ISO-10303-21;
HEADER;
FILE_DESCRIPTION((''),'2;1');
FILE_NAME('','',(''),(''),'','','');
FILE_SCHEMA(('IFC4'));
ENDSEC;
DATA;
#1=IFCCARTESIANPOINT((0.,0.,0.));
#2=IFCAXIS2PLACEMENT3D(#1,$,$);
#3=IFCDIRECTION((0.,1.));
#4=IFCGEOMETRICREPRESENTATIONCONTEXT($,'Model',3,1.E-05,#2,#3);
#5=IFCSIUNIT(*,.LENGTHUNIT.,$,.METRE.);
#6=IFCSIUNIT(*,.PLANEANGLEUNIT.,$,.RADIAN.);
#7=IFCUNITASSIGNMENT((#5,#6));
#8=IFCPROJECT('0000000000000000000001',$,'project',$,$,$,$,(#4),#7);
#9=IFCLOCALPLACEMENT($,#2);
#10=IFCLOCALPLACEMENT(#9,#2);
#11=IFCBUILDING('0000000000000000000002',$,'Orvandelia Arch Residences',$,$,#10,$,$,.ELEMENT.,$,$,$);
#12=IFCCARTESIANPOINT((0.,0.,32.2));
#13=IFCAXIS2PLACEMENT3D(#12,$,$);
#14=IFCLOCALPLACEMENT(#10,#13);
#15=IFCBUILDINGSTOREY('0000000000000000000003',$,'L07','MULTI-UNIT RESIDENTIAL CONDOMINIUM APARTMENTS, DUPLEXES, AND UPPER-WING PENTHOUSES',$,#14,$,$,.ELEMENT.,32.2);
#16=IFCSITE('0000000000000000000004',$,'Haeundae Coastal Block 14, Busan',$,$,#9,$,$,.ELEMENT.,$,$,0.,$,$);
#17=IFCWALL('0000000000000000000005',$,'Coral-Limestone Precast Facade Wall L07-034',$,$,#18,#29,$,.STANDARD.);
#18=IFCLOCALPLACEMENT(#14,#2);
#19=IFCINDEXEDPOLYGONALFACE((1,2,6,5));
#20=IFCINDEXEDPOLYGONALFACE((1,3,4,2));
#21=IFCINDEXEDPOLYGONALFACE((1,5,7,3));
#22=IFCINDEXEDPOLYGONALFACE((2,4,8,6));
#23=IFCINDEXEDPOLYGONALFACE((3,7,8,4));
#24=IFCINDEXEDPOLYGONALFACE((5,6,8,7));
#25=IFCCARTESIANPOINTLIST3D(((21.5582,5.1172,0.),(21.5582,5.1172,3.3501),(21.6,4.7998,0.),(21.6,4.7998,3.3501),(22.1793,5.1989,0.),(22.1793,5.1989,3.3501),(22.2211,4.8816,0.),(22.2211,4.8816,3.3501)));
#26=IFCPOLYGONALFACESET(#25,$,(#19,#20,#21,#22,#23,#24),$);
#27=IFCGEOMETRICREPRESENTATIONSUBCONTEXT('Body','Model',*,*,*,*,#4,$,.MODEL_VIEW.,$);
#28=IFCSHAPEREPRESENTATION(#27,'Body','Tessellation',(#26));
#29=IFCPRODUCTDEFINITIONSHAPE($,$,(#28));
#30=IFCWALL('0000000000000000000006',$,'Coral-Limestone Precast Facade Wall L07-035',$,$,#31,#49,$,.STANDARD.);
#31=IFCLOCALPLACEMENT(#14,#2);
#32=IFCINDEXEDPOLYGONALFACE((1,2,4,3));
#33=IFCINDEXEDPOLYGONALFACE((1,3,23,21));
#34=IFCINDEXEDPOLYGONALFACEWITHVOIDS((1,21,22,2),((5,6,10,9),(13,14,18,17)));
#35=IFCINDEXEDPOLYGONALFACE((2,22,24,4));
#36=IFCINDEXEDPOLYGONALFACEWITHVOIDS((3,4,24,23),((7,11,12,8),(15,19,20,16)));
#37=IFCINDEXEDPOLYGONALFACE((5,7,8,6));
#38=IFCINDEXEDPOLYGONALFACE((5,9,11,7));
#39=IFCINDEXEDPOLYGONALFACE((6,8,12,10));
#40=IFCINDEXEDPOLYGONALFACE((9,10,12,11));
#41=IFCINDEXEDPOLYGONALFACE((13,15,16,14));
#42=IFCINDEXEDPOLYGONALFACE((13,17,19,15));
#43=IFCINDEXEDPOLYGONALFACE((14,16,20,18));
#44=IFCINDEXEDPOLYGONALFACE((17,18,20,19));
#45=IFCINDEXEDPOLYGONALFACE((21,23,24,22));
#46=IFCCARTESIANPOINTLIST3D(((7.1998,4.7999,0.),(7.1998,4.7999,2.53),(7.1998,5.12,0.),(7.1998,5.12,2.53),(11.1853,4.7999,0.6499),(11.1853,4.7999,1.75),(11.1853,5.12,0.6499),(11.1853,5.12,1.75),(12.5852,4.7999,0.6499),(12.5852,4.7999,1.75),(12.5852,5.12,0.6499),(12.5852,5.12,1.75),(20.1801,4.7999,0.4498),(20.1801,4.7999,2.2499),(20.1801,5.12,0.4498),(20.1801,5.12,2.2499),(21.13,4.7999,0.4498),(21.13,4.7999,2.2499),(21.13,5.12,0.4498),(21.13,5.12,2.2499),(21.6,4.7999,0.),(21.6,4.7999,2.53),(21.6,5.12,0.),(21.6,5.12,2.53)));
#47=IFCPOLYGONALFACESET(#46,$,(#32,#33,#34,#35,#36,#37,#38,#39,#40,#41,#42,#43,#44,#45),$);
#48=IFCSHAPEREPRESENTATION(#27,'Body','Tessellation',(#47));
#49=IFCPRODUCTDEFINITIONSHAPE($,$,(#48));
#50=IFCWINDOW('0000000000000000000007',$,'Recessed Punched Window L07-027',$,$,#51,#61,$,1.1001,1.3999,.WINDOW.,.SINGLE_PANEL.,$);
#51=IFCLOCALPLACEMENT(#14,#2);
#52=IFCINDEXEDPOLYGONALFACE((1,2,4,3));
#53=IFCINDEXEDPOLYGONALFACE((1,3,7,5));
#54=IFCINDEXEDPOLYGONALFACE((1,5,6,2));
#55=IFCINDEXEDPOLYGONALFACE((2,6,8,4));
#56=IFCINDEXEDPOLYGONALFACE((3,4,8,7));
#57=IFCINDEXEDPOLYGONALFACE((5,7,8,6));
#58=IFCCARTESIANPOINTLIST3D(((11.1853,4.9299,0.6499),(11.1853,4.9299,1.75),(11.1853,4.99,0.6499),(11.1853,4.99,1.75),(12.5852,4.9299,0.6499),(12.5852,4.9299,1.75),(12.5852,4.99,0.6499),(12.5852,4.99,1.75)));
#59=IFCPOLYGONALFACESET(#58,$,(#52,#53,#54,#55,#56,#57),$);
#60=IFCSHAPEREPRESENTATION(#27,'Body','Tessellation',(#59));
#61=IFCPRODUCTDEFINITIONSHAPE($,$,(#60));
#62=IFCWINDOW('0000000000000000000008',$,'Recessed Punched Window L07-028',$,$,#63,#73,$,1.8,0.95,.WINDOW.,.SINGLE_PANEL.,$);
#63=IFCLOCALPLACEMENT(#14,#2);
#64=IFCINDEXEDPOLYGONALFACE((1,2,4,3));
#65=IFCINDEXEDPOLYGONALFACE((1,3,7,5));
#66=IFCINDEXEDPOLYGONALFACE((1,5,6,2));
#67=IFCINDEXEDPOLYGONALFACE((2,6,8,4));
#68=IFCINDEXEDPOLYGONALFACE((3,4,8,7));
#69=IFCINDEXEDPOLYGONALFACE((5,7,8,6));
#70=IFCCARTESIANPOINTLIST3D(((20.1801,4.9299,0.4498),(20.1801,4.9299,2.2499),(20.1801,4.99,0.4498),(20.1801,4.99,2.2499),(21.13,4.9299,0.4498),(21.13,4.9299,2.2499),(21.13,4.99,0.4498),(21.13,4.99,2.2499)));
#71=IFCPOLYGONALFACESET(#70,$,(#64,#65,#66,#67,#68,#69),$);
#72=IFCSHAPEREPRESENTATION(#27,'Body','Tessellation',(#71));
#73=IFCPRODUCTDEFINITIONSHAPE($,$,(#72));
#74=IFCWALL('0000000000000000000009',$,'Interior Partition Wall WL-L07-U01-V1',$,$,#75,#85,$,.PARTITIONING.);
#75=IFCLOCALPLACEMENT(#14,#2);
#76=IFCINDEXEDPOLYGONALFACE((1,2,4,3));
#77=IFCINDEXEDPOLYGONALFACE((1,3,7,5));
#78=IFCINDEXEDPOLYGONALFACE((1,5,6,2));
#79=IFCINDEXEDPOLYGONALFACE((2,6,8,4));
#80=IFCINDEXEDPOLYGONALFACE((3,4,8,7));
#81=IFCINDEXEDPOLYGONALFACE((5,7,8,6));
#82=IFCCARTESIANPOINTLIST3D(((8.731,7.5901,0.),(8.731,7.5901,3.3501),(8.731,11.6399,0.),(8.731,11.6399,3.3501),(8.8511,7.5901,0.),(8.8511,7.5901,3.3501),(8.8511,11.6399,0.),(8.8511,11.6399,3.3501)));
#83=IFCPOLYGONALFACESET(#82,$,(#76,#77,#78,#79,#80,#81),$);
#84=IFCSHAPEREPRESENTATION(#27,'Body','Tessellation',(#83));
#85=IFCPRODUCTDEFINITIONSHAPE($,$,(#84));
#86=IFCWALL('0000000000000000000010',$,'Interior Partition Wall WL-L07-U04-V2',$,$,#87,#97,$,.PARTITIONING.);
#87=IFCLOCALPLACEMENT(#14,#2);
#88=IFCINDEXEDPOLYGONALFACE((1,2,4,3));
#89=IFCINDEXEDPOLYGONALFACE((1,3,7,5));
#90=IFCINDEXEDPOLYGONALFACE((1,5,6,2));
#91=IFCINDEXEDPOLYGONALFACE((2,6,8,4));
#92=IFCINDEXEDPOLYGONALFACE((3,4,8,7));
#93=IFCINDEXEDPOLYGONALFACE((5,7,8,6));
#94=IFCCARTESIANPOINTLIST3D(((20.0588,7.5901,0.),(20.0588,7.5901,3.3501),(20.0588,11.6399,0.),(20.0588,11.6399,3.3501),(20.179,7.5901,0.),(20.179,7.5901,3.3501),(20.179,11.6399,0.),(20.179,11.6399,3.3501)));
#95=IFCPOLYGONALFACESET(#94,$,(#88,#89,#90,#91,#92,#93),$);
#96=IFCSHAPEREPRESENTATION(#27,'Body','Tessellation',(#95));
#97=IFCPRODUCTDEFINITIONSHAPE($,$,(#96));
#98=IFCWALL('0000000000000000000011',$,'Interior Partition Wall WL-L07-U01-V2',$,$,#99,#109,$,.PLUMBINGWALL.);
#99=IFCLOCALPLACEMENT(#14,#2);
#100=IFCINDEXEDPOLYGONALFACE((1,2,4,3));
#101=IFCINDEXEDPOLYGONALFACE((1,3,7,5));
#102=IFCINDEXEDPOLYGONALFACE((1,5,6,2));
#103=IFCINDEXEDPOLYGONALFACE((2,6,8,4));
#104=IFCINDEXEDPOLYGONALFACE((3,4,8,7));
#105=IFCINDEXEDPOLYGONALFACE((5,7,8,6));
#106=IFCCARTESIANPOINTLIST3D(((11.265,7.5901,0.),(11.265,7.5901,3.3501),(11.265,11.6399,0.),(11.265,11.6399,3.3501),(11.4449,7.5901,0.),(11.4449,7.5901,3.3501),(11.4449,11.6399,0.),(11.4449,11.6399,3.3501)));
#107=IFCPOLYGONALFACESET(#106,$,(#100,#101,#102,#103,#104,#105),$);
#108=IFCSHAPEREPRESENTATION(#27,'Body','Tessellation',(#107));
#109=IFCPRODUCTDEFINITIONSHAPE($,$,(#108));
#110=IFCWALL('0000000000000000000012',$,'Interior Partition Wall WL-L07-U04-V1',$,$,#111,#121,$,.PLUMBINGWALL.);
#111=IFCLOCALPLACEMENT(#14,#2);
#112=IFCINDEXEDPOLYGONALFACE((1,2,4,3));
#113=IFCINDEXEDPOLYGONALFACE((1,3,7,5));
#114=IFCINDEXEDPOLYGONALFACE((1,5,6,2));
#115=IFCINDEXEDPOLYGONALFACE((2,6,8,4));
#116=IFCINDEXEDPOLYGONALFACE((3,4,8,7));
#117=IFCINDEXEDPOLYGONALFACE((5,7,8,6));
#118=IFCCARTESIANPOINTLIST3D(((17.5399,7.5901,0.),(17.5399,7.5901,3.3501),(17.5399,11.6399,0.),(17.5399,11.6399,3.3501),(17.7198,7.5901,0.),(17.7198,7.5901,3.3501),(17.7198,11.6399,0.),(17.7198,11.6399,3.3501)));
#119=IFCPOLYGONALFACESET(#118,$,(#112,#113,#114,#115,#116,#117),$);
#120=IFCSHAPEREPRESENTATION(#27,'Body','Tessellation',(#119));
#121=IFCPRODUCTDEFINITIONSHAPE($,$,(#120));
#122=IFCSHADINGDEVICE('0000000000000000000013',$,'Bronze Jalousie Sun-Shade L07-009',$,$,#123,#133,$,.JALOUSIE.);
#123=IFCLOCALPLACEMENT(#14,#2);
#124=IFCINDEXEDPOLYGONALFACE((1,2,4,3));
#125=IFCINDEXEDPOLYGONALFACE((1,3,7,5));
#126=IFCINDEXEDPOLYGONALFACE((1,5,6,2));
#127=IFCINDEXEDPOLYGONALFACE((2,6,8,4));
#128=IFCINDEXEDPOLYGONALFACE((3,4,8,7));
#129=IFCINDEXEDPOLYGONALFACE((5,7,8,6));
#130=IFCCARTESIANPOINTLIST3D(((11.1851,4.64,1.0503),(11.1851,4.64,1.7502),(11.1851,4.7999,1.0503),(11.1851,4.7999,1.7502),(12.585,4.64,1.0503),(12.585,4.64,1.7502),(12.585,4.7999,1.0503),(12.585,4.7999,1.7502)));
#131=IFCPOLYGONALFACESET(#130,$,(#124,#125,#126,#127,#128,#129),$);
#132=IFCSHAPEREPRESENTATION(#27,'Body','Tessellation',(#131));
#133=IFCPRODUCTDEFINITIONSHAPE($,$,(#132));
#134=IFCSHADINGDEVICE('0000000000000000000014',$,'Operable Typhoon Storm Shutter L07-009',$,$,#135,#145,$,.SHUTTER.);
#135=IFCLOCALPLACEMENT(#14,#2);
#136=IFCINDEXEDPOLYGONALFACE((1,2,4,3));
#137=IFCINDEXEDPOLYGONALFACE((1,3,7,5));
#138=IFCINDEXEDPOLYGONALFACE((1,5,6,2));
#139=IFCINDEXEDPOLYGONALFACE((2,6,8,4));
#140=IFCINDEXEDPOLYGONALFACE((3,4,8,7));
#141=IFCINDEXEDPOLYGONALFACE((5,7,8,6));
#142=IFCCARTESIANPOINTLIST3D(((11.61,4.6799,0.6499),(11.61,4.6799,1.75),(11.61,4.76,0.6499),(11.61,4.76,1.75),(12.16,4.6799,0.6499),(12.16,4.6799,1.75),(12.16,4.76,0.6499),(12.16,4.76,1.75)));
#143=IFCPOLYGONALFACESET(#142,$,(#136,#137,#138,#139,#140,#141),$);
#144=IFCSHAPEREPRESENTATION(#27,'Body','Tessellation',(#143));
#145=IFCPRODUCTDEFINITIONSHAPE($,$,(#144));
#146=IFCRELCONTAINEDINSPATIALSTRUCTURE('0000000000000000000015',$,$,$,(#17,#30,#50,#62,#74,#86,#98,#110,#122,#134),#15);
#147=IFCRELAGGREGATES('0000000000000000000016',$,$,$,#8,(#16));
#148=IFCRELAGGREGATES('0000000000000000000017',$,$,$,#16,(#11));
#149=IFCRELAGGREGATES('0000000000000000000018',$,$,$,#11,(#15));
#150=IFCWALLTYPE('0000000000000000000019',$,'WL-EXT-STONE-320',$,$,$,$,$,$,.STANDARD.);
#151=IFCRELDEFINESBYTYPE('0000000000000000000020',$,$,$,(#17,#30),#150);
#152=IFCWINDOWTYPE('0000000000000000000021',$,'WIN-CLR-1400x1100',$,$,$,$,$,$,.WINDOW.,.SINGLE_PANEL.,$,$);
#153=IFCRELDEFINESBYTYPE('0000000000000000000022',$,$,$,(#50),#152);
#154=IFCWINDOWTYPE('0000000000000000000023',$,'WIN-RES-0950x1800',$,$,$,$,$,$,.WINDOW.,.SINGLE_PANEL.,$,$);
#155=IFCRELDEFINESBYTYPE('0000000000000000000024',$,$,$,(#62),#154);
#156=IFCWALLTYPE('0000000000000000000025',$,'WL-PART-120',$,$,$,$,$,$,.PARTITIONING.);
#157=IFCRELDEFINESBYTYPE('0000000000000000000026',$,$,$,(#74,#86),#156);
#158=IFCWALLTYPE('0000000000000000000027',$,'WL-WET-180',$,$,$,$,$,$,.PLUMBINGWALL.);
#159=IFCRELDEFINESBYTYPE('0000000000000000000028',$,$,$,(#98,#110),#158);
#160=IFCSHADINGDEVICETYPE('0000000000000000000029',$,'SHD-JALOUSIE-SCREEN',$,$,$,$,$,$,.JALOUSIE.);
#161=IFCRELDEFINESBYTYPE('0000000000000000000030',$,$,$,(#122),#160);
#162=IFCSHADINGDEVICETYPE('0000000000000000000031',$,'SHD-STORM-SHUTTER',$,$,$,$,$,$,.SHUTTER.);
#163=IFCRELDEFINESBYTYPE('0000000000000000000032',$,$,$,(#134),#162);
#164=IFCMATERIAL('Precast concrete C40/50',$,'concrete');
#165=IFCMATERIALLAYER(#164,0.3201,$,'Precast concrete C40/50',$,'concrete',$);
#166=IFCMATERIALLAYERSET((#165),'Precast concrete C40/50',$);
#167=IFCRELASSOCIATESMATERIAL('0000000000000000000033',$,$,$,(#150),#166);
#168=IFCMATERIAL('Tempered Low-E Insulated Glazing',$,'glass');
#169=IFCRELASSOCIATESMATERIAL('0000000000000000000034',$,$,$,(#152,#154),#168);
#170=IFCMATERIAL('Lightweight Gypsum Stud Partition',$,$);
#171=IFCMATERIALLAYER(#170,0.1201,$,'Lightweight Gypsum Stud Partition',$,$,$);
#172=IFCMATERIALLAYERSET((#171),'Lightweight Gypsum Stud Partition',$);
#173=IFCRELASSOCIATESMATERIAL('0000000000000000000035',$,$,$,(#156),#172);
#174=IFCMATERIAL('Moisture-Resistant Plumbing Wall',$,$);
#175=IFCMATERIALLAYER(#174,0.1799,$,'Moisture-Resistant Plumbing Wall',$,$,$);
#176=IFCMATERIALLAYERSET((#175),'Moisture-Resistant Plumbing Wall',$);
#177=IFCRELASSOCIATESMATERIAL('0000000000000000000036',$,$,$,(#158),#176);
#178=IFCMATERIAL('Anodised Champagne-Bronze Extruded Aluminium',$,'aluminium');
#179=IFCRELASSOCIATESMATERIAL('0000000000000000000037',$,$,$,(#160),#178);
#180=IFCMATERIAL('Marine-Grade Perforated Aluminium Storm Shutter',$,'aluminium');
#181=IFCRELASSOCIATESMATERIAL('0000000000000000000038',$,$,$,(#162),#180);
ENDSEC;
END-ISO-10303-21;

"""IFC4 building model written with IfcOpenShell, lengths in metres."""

from ifc_helpers import new_model, si_unit, direction, frame, frame_2d, origin, origin_2d, place, context, subcontext, project, spatial, rectangle, extrude, material, layer, layer_set, type_object, element, fill, save


model = new_model("IFC4")

# Units and contexts
model_context = context("Model", 3, precision=1e-05, world=origin(), true_north=direction((0.0, 1.0)))
body_context = subcontext(model_context, "Body", "Model", "MODEL_VIEW")
ifc_project = project(units=[si_unit("LENGTHUNIT", "METRE"), si_unit("PLANEANGLEUNIT", "RADIAN")], contexts=[model_context])

# Site, building, storey
site_placement = place(None, origin())
site = spatial("IfcSite", under=ifc_project, at=site_placement, Name="Haeundae Coastal Block 14, Busan", CompositionType="ELEMENT", RefElevation=0.0)
building_placement = place(site_placement, origin())
building = spatial("IfcBuilding", under=site, at=building_placement, Name="Orvandelia Arch Residences", CompositionType="ELEMENT")
storey_placement = place(building_placement, frame((0.0, 0.0, 32.2)))
storey = spatial("IfcBuildingStorey", under=building, at=storey_placement, Name="L07", Description="MULTI-UNIT RESIDENTIAL CONDOMINIUM APARTMENTS, DUPLEXES, AND UPPER-WING PENTHOUSES", CompositionType="ELEMENT", Elevation=32.2)

# Wall
ifc_material_1 = material(Name="Precast concrete C40/50", Category="concrete")
ifc_layer_1 = layer(ifc_material_1, 0.3201, Name="Precast concrete C40/50", Category="concrete")
ifc_layer_set_1 = layer_set([ifc_layer_1], Name="Precast concrete C40/50")
wall_type_1 = type_object("IfcWallType", Name="WL-EXT-STONE-320", PredefinedType="STANDARD", material=ifc_layer_set_1)
for number, where, z_axis, x_axis, name in (
    (1, (22.2002, 5.0403, 0.0), (0.0, 0.0, 1.0), (-0.991441, -0.130555, 0.0), "Coral-Limestone Precast Facade Wall L07-034"),
):
    element("IfcWall", number, at=place(storey_placement, frame(where, z_axis=z_axis, x_axis=x_axis)), inside=storey, type_object=wall_type_1, Name=name, PredefinedType="STANDARD", context=body_context, shape_type="SweptSolid", body=[
        extrude(rectangle(XDim=0.6265, YDim=0.3201, at=frame_2d((0.3132, 0.0))), origin(), (0.0, 0.0, 1.0), 3.3501),
    ])

# Wall, openings, windows
wall_1_placement = place(storey_placement, frame((21.6001, 4.96, 0.0), z_axis=(0.0, 0.0, 1.0), x_axis=(-1.0, 0.0, 0.0)))
wall_1 = element("IfcWall", 2, at=wall_1_placement, inside=storey, type_object=wall_type_1, Name="Coral-Limestone Precast Facade Wall L07-035", PredefinedType="STANDARD", context=body_context, shape_type="SweptSolid", body=[
    extrude(rectangle(XDim=14.4001, YDim=0.3201, at=frame_2d((7.2002, 0.0))), origin(), (0.0, 0.0, 1.0), 2.53),
])
opening_1_placement = place(wall_1_placement, frame((9.0149, 0.0, 0.6499)))
opening_1 = element("IfcOpeningElement", 3, at=opening_1_placement, cuts=wall_1, PredefinedType="OPENING", context=body_context, shape_type="SweptSolid", body=[
    extrude(rectangle(XDim=1.3999, YDim=1.1001, at=frame_2d((0.7, 0.55))), frame((0.0, 0.1699, 0.0), z_axis=(0.0, -1.0, 0.0), x_axis=(1.0, 0.0, 0.0)), (0.0, 0.0, 1.0), 0.3401),
])
opening_2_placement = place(wall_1_placement, frame((0.47, 0.0, 0.45)))
opening_2 = element("IfcOpeningElement", 4, at=opening_2_placement, cuts=wall_1, PredefinedType="OPENING", context=body_context, shape_type="SweptSolid", body=[
    extrude(rectangle(XDim=0.95, YDim=1.8, at=frame_2d((0.4751, 0.8999))), frame((0.0, 0.1699, 0.0), z_axis=(0.0, -1.0, 0.0), x_axis=(1.0, 0.0, 0.0)), (0.0, 0.0, 1.0), 0.3401),
])
ifc_material_2 = material(Name="Tempered Low-E Insulated Glazing", Category="glass")
window_type_1 = type_object("IfcWindowType", Name="WIN-CLR-1400x1100", PartitioningType="SINGLE_PANEL", PredefinedType="WINDOW", material=ifc_material_2)
window_1_placement = place(opening_1_placement, origin())
window_1 = element("IfcWindow", 5, at=window_1_placement, inside=storey, type_object=window_type_1, Name="Recessed Punched Window L07-027", OverallHeight=1.1001, OverallWidth=1.3999, PartitioningType="SINGLE_PANEL", PredefinedType="WINDOW", context=body_context, shape_type="SweptSolid", body=[
    extrude(rectangle(XDim=1.3999, YDim=1.1001, at=frame_2d((0.7, 0.55))), frame((0.0, 0.03, 0.0), z_axis=(0.0, -1.0, 0.0), x_axis=(1.0, 0.0, 0.0)), (0.0, 0.0, 1.0), 0.0601),
])
fill(opening_1, window_1)
window_type_2 = type_object("IfcWindowType", Name="WIN-RES-0950x1800", PartitioningType="SINGLE_PANEL", PredefinedType="WINDOW", material=ifc_material_2)
window_2_placement = place(opening_2_placement, origin())
window_2 = element("IfcWindow", 6, at=window_2_placement, inside=storey, type_object=window_type_2, Name="Recessed Punched Window L07-028", OverallHeight=1.8, OverallWidth=0.95, PartitioningType="SINGLE_PANEL", PredefinedType="WINDOW", context=body_context, shape_type="SweptSolid", body=[
    extrude(rectangle(XDim=0.95, YDim=1.8, at=frame_2d((0.4751, 0.8999))), frame((0.0, 0.03, 0.0), z_axis=(0.0, -1.0, 0.0), x_axis=(1.0, 0.0, 0.0)), (0.0, 0.0, 1.0), 0.0601),
])
fill(opening_2, window_2)

# Walls
ifc_material_3 = material(Name="Lightweight Gypsum Stud Partition")
ifc_layer_2 = layer(ifc_material_3, 0.1201, Name="Lightweight Gypsum Stud Partition")
ifc_layer_set_2 = layer_set([ifc_layer_2], Name="Lightweight Gypsum Stud Partition")
wall_type_2 = type_object("IfcWallType", Name="WL-PART-120", PredefinedType="PARTITIONING", material=ifc_layer_set_2)
for number, where, z_axis, x_axis, name in (
    (7, (8.791, 7.5901, 0.0), (0.0, 0.0, 1.0), (0.0, 1.0, 0.0), "Interior Partition Wall WL-L07-U01-V1"),
    (8, (20.1189, 7.5901, 0.0), (0.0, 0.0, 1.0), (0.0, 1.0, 0.0), "Interior Partition Wall WL-L07-U04-V2"),
):
    element("IfcWall", number, at=place(storey_placement, frame(where, z_axis=z_axis, x_axis=x_axis)), inside=storey, type_object=wall_type_2, Name=name, PredefinedType="PARTITIONING", context=body_context, shape_type="SweptSolid", body=[
        extrude(rectangle(XDim=4.0498, YDim=0.1201, at=frame_2d((2.0249, 0.0))), origin(), (0.0, 0.0, 1.0), 3.3501),
    ])
ifc_material_4 = material(Name="Moisture-Resistant Plumbing Wall")
ifc_layer_3 = layer(ifc_material_4, 0.1799, Name="Moisture-Resistant Plumbing Wall")
ifc_layer_set_3 = layer_set([ifc_layer_3], Name="Moisture-Resistant Plumbing Wall")
wall_type_3 = type_object("IfcWallType", Name="WL-WET-180", PredefinedType="PLUMBINGWALL", material=ifc_layer_set_3)
wall_2_placement = place(storey_placement, frame((11.355, 7.5901, 0.0), z_axis=(0.0, 0.0, 1.0), x_axis=(0.0, 1.0, 0.0)))
element("IfcWall", 9, at=wall_2_placement, inside=storey, type_object=wall_type_3, Name="Interior Partition Wall WL-L07-U01-V2", PredefinedType="PLUMBINGWALL", context=body_context, shape_type="SweptSolid", body=[
    extrude(rectangle(XDim=4.0498, YDim=0.1799, at=frame_2d((2.0249, 0.0))), origin(), (0.0, 0.0, 1.0), 3.3501),
])

# Wall
wall_3_placement = place(storey_placement, frame((17.6299, 7.5901, 0.0), z_axis=(0.0, 0.0, 1.0), x_axis=(0.0, 1.0, 0.0)))
element("IfcWall", 10, at=wall_3_placement, inside=storey, type_object=wall_type_3, Name="Interior Partition Wall WL-L07-U04-V1", PredefinedType="PLUMBINGWALL", context=body_context, shape_type="SweptSolid", body=[
    extrude(rectangle(XDim=4.0498, YDim=0.1799, at=frame_2d((2.0249, 0.0))), origin(), (0.0, 0.0, 1.0), 3.3501),
])

# Shading devices
ifc_material_5 = material(Name="Anodised Champagne-Bronze Extruded Aluminium", Category="aluminium")
shading_device_type_1 = type_object("IfcShadingDeviceType", Name="SHD-JALOUSIE-SCREEN", PredefinedType="JALOUSIE", material=ifc_material_5)
shading_device_1_placement = place(storey_placement, frame((11.885, 4.72, 1.0503), z_axis=(0.0, 0.0, 1.0), x_axis=(-1.0, 0.0, 0.0)))
element("IfcShadingDevice", 11, at=shading_device_1_placement, inside=storey, type_object=shading_device_type_1, Name="Bronze Jalousie Sun-Shade L07-009", PredefinedType="JALOUSIE", context=body_context, shape_type="SweptSolid", body=[
    extrude(rectangle(XDim=1.3999, YDim=0.1599, at=origin_2d()), origin(), (0.0, 0.0, 1.0), 0.7),
])
ifc_material_6 = material(Name="Marine-Grade Perforated Aluminium Storm Shutter", Category="aluminium")
shading_device_type_2 = type_object("IfcShadingDeviceType", Name="SHD-STORM-SHUTTER", PredefinedType="SHUTTER", material=ifc_material_6)
shading_device_2_placement = place(storey_placement, frame((11.885, 4.72, 0.6499), z_axis=(0.0, 0.0, 1.0), x_axis=(-1.0, 0.0, 0.0)))
element("IfcShadingDevice", 12, at=shading_device_2_placement, inside=storey, type_object=shading_device_type_2, Name="Operable Typhoon Storm Shutter L07-009", PredefinedType="SHUTTER", context=body_context, shape_type="SweptSolid", body=[
    extrude(rectangle(XDim=0.55, YDim=0.0801, at=origin_2d()), origin(), (0.0, 0.0, 1.0), 1.1001),
])

save(model, "model.ifc")
